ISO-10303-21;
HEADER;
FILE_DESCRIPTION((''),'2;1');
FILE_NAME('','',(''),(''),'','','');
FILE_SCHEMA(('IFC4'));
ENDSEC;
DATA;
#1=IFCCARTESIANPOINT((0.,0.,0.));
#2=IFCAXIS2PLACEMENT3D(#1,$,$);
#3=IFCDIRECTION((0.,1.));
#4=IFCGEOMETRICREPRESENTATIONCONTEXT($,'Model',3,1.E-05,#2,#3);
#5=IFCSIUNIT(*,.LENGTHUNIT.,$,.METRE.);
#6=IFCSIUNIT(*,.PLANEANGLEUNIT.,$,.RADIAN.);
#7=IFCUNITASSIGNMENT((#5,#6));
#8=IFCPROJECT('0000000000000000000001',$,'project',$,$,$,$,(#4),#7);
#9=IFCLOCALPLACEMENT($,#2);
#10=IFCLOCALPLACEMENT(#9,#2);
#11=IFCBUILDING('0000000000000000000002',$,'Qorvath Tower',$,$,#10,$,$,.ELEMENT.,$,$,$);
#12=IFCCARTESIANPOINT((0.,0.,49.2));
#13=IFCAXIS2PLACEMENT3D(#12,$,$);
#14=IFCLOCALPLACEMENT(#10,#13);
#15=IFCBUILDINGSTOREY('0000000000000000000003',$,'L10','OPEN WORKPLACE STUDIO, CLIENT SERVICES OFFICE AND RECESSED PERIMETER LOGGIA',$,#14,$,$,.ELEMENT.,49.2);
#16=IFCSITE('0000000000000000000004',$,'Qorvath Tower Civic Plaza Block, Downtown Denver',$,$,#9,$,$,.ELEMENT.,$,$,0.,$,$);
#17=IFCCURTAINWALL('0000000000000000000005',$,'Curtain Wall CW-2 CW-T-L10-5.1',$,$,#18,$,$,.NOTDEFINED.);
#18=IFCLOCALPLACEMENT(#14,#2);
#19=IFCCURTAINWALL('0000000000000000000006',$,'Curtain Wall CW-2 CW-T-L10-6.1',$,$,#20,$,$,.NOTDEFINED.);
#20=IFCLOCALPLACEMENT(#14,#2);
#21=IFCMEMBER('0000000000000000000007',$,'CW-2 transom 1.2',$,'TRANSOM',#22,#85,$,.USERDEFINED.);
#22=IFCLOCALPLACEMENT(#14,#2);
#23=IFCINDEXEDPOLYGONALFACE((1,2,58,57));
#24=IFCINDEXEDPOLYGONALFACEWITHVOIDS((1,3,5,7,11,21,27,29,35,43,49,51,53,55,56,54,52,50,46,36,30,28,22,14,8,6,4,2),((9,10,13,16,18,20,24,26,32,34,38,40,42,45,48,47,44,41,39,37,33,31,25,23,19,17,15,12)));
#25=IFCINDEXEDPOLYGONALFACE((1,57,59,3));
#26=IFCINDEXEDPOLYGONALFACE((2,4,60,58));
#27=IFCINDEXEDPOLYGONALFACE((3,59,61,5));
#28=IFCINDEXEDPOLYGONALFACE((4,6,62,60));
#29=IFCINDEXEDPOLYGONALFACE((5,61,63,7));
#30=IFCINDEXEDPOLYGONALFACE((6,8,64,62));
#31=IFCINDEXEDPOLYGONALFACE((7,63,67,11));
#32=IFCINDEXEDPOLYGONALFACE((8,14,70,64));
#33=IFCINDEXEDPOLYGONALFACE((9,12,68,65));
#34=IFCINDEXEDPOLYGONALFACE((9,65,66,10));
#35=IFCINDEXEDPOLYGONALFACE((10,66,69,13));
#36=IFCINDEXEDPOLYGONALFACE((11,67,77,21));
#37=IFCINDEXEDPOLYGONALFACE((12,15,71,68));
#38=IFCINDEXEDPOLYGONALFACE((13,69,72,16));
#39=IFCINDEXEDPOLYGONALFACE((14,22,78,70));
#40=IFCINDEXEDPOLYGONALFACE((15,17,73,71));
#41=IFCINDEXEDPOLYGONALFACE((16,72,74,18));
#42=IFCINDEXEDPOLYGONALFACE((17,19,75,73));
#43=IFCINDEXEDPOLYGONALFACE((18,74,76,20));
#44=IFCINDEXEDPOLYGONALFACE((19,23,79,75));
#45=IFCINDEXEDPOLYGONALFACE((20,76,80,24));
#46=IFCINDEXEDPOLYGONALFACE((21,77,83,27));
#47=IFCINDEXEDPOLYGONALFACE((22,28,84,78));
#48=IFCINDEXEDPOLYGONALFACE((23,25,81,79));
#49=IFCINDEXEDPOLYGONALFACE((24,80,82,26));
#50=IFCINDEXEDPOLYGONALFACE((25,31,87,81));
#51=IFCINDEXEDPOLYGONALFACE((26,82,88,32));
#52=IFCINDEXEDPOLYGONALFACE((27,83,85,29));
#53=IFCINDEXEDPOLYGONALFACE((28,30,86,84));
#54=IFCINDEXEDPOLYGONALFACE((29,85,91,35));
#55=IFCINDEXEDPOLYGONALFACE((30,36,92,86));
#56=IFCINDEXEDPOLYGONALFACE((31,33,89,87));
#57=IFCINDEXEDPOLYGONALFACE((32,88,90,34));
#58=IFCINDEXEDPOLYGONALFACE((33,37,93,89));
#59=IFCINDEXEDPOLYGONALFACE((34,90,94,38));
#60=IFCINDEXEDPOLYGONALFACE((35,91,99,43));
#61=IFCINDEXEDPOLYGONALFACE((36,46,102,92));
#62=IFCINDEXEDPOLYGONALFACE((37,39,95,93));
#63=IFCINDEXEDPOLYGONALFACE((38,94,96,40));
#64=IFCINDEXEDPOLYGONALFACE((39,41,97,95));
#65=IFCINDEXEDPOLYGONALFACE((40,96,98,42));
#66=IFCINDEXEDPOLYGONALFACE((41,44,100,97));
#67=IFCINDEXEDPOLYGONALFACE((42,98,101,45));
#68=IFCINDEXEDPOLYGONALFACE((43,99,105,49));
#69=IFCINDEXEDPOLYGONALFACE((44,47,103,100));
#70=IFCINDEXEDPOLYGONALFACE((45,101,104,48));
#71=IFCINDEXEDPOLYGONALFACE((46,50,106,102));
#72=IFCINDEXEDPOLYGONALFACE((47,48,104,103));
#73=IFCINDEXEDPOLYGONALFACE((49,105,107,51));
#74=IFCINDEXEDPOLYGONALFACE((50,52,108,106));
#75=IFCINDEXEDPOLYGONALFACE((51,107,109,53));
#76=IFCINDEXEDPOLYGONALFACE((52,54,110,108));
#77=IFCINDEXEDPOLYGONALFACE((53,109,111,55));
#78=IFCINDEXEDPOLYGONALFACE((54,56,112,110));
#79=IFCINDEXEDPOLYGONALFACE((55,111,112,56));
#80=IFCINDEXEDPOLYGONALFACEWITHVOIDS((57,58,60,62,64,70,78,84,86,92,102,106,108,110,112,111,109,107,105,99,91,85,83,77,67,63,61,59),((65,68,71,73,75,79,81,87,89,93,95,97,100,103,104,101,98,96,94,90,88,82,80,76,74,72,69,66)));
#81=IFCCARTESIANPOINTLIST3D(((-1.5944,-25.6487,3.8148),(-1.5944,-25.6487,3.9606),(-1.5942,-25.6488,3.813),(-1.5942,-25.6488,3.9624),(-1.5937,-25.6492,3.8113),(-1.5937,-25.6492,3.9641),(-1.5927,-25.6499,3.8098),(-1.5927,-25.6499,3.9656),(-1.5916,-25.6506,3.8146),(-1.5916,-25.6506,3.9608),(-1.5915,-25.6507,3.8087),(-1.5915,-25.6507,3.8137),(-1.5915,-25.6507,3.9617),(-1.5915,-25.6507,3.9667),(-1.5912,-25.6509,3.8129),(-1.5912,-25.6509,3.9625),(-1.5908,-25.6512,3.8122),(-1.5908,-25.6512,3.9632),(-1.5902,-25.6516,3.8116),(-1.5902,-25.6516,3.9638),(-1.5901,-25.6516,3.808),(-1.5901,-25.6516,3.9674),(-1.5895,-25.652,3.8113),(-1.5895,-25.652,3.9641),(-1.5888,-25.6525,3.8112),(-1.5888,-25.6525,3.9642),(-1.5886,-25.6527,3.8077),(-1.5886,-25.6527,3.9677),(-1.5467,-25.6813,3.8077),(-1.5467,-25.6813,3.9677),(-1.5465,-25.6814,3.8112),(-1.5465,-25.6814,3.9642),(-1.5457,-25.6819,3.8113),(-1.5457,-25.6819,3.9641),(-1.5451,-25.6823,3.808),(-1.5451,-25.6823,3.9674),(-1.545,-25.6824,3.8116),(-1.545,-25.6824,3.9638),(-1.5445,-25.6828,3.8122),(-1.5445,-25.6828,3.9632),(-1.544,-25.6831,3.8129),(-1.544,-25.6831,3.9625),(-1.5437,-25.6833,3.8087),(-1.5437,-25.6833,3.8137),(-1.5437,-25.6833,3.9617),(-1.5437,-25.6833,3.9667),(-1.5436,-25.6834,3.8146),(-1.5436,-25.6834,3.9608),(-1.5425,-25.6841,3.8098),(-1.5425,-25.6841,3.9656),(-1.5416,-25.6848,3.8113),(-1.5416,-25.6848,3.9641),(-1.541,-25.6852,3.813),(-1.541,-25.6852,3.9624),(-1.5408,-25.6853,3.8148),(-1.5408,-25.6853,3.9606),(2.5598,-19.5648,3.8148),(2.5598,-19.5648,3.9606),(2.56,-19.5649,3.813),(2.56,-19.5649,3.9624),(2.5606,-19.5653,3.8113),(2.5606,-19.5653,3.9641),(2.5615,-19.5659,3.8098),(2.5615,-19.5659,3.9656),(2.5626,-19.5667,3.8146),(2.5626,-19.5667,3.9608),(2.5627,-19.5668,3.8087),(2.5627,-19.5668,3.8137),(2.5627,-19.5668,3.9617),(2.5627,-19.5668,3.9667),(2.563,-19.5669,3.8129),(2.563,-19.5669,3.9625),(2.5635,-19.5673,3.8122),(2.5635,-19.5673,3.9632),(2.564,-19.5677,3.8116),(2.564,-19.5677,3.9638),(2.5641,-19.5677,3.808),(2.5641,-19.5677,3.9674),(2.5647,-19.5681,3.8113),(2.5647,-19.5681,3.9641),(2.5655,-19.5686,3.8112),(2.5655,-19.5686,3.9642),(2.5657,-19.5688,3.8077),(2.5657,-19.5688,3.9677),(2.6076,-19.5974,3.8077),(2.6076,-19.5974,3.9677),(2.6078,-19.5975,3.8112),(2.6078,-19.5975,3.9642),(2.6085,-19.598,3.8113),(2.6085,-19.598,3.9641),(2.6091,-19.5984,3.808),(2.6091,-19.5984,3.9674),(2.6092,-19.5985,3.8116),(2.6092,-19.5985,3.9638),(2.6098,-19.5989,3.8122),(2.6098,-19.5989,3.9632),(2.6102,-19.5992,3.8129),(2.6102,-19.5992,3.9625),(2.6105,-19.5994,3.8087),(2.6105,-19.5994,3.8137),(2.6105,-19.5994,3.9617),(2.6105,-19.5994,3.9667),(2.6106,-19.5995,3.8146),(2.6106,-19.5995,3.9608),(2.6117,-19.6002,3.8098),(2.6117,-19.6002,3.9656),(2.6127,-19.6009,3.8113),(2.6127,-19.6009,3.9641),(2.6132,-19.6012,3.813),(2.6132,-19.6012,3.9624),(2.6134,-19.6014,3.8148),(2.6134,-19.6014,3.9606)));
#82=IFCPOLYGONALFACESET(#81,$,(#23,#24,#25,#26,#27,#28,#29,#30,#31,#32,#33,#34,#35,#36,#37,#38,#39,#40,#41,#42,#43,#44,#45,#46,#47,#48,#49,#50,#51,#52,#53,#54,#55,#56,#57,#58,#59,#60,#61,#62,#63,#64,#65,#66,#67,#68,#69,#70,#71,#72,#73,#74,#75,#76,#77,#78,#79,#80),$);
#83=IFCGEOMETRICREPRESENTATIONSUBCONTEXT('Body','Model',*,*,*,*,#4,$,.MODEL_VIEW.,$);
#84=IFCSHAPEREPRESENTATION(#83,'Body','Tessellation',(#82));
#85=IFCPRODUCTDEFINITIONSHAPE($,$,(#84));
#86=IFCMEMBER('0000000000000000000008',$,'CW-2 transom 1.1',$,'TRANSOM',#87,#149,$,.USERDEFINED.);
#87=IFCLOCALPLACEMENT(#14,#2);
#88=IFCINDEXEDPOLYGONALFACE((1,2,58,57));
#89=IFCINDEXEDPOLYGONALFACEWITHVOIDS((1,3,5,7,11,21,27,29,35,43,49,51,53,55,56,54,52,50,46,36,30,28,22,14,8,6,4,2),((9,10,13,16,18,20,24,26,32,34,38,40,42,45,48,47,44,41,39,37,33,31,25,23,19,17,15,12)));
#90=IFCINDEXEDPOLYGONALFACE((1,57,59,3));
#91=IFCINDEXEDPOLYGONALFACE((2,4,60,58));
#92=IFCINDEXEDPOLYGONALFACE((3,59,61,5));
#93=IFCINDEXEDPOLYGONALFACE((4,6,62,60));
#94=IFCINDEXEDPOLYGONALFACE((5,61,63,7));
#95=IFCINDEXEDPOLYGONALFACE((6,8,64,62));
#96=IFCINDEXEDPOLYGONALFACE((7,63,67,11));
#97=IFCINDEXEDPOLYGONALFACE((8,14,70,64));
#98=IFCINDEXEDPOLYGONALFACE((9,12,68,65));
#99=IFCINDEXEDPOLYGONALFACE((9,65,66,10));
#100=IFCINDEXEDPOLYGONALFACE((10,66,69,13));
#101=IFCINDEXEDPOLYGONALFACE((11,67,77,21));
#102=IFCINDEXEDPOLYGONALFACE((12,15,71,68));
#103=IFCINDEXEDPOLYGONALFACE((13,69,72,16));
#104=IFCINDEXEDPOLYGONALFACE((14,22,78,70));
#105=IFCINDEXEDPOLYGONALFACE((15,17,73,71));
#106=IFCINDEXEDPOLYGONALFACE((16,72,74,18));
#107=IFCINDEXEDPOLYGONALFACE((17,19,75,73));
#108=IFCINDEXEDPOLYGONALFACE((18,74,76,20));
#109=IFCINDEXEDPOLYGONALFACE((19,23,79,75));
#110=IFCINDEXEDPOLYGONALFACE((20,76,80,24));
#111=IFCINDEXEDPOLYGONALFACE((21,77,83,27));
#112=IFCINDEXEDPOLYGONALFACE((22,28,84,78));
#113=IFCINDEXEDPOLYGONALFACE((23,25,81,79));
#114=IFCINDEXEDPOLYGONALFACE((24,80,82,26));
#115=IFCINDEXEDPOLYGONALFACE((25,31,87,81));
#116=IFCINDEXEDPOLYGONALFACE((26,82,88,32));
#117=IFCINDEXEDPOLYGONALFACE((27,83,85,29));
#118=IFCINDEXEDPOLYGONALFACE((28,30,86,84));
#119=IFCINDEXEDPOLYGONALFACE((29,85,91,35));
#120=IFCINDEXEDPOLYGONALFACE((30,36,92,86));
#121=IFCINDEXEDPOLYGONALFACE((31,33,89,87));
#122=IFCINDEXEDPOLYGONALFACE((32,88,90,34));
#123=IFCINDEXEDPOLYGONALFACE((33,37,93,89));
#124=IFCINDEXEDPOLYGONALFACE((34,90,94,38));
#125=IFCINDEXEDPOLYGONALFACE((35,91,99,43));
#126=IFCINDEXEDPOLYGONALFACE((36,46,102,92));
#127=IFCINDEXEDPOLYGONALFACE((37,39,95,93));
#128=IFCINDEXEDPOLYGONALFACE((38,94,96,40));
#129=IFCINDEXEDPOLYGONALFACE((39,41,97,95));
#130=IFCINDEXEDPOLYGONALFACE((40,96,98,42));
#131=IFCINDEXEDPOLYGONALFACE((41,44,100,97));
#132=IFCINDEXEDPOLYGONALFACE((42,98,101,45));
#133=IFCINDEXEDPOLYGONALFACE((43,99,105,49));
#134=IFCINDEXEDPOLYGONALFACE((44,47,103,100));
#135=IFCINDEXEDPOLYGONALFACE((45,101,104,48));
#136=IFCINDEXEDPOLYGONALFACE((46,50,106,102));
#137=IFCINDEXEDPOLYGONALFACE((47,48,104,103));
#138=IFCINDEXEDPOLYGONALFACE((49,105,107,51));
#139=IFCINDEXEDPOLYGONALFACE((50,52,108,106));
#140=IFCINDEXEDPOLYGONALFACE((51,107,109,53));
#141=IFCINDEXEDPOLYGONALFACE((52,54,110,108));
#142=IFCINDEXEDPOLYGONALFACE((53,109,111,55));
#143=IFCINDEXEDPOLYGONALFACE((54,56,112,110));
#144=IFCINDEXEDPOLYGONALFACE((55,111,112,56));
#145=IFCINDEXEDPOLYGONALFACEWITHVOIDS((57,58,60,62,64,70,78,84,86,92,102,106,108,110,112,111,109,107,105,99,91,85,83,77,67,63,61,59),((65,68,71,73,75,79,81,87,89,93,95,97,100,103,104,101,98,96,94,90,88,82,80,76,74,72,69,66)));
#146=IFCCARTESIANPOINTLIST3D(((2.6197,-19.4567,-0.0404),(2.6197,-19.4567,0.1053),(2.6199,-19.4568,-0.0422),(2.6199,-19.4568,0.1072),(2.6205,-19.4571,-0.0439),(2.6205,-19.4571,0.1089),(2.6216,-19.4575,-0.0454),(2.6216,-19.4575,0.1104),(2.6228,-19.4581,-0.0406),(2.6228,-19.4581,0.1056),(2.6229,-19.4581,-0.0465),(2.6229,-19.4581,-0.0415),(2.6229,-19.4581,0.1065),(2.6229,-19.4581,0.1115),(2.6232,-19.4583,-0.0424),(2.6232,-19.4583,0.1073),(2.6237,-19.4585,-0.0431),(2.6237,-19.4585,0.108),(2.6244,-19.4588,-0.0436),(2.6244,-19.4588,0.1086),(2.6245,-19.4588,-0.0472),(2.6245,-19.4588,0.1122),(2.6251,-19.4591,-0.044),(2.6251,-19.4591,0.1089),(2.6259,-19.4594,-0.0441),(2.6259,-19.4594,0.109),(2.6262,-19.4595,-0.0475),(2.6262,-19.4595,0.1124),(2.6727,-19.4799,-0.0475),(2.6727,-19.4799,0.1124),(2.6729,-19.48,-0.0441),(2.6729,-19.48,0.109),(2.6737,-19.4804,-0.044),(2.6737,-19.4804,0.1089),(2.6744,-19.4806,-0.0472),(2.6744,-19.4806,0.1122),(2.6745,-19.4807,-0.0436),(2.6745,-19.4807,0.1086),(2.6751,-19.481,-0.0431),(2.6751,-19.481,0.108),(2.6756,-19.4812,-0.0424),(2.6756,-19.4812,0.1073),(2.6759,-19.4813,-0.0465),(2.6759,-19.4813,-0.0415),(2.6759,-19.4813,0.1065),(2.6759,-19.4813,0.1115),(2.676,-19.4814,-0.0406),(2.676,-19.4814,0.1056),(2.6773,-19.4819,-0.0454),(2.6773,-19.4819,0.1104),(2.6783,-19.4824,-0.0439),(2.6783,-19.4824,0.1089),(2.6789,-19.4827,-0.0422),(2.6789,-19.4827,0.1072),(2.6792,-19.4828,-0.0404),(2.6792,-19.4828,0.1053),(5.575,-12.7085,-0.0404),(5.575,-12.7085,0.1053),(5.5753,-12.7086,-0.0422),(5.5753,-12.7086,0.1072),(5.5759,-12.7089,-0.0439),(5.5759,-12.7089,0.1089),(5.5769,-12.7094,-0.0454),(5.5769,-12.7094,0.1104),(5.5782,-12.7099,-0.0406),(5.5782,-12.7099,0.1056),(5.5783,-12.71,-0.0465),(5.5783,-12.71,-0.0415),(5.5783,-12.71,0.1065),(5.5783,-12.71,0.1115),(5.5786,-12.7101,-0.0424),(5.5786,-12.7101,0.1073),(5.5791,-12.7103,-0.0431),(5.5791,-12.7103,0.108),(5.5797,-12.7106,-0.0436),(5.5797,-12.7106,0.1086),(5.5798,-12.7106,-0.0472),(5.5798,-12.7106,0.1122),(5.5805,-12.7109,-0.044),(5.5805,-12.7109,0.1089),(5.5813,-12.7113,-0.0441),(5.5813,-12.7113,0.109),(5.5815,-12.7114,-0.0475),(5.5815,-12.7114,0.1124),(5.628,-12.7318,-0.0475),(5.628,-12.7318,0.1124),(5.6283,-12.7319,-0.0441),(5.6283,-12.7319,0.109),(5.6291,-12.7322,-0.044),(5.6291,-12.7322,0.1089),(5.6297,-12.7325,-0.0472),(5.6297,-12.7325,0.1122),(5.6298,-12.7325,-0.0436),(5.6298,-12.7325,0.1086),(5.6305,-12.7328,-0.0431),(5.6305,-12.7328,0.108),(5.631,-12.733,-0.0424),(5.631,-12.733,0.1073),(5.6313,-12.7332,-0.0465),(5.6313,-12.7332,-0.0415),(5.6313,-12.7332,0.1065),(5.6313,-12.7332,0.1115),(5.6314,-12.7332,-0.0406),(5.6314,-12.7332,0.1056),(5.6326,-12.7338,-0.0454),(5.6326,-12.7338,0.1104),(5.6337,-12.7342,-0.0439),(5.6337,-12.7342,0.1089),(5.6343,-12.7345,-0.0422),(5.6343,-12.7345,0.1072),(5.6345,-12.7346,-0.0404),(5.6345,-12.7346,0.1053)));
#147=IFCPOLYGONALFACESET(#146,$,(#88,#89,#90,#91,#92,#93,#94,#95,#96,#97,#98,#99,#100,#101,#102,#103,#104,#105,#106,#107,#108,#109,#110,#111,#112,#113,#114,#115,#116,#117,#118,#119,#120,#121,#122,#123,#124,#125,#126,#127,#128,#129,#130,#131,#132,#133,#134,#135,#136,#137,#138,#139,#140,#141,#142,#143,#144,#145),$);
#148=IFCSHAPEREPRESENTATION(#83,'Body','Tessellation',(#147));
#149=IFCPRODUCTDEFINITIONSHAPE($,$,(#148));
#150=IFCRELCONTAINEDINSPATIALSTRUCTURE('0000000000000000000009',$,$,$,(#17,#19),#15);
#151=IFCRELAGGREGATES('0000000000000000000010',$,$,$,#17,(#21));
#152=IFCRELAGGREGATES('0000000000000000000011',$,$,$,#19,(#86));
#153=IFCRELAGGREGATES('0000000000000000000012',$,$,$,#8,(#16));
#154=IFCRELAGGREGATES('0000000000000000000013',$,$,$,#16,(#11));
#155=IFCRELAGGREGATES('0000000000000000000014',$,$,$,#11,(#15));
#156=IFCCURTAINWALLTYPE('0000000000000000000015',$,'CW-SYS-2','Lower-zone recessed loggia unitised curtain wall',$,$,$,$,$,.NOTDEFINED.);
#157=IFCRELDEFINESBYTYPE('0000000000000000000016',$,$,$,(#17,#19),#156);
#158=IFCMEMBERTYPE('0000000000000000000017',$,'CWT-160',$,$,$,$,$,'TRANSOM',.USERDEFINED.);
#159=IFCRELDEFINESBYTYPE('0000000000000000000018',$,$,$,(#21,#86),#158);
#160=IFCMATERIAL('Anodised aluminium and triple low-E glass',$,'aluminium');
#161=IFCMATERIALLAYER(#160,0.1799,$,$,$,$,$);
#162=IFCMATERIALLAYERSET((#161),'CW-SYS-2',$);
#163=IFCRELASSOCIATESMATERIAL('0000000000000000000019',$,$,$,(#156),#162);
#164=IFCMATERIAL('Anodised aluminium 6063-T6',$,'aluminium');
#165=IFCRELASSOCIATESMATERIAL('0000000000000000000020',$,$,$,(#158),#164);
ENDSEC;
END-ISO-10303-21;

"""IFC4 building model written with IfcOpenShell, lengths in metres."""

from ifc_helpers import new_model, si_unit, direction, frame, origin, origin_2d, place, context, subcontext, project, spatial, hollow_rectangle, extrude, material, layer, layer_set, material_profile, profile_set, type_object, element, aggregate, save


model = new_model("IFC4")

# Units and contexts
model_context = context("Model", 3, precision=1e-05, world=origin(), true_north=direction((0.0, 1.0)))
body_context = subcontext(model_context, "Body", "Model", "MODEL_VIEW")
ifc_project = project(units=[si_unit("LENGTHUNIT", "METRE"), si_unit("PLANEANGLEUNIT", "RADIAN")], contexts=[model_context])

# Site, building, storey
site_placement = place(None, origin())
site = spatial("IfcSite", under=ifc_project, at=site_placement, Name="Qorvath Tower Civic Plaza Block, Downtown Denver", CompositionType="ELEMENT", RefElevation=0.0)
building_placement = place(site_placement, origin())
building = spatial("IfcBuilding", under=site, at=building_placement, Name="Qorvath Tower", CompositionType="ELEMENT")
storey_placement = place(building_placement, frame((0.0, 0.0, 49.2)))
storey = spatial("IfcBuildingStorey", under=building, at=storey_placement, Name="L10", Description="OPEN WORKPLACE STUDIO, CLIENT SERVICES OFFICE AND RECESSED PERIMETER LOGGIA", CompositionType="ELEMENT", Elevation=49.2)

# Curtain walls
ifc_material_1 = material(Name="Anodised aluminium and triple low-E glass", Category="aluminium")
ifc_layer_1 = layer(ifc_material_1, 0.1799)
ifc_layer_set_1 = layer_set([ifc_layer_1], Name="CW-SYS-2")
curtain_wall_type = type_object("IfcCurtainWallType", Name="CW-SYS-2", Description="Lower-zone recessed loggia unitised curtain wall", PredefinedType="NOTDEFINED", material=ifc_layer_set_1)
curtain_wall_1_placement = place(storey_placement, origin())
curtain_wall_1 = element("IfcCurtainWall", 1, at=curtain_wall_1_placement, inside=storey, type_object=curtain_wall_type, Name="Curtain Wall CW-2 CW-T-L10-5.1", PredefinedType="NOTDEFINED")
curtain_wall_2_placement = place(storey_placement, origin())
curtain_wall_2 = element("IfcCurtainWall", 2, at=curtain_wall_2_placement, inside=storey, type_object=curtain_wall_type, Name="Curtain Wall CW-2 CW-T-L10-6.1", PredefinedType="NOTDEFINED")

# Members
ifc_material_2 = material(Name="Anodised aluminium 6063-T6", Category="aluminium")
ifc_material_profile_1 = material_profile(ifc_material_2, hollow_rectangle(XDim=0.0649, YDim=0.1599, WallThickness=0.0034, InnerFilletRadius=0.0034, OuterFilletRadius=0.0071, at=origin_2d()), Name="CWT 160x65")
ifc_profile_set_1 = profile_set([ifc_material_profile_1], Name="Anodised aluminium 6063-T6")
member_type_1 = type_object("IfcMemberType", Name="CWT-160", ElementType="TRANSOM", PredefinedType="USERDEFINED", material=ifc_profile_set_1)
member_1_placement = place(storey_placement, frame((-1.5676, -25.667, 3.8877), z_axis=(0.563904, 0.82584, 0.0), x_axis=(-0.82584, 0.563904, 0.0)))
member_1 = element("IfcMember", 3, at=member_1_placement, type_object=member_type_1, Name="CW-2 transom 1.2", ObjectType="TRANSOM", PredefinedType="USERDEFINED", context=body_context, shape_type="SweptSolid", body=[
    extrude(hollow_rectangle(XDim=0.0649, YDim=0.1599, WallThickness=0.0034, InnerFilletRadius=0.0034, OuterFilletRadius=0.0071, at=origin_2d()), origin(), (0.0, 0.0, 1.0), 7.3669),
])
member_2_placement = place(storey_placement, frame((2.6494, -19.4697, 0.0325), z_axis=(0.401167, 0.916005, 0.0), x_axis=(-0.916005, 0.401167, 0.0)))
member_2 = element("IfcMember", 4, at=member_2_placement, type_object=member_type_1, Name="CW-2 transom 1.1", ObjectType="TRANSOM", PredefinedType="USERDEFINED", context=body_context, shape_type="SweptSolid", body=[
    extrude(hollow_rectangle(XDim=0.0649, YDim=0.1599, WallThickness=0.0034, InnerFilletRadius=0.0034, OuterFilletRadius=0.0071, at=origin_2d()), origin(), (0.0, 0.0, 1.0), 7.3669),
])

aggregate(curtain_wall_1, [member_1])
aggregate(curtain_wall_2, [member_2])

save(model, "model.ifc")
